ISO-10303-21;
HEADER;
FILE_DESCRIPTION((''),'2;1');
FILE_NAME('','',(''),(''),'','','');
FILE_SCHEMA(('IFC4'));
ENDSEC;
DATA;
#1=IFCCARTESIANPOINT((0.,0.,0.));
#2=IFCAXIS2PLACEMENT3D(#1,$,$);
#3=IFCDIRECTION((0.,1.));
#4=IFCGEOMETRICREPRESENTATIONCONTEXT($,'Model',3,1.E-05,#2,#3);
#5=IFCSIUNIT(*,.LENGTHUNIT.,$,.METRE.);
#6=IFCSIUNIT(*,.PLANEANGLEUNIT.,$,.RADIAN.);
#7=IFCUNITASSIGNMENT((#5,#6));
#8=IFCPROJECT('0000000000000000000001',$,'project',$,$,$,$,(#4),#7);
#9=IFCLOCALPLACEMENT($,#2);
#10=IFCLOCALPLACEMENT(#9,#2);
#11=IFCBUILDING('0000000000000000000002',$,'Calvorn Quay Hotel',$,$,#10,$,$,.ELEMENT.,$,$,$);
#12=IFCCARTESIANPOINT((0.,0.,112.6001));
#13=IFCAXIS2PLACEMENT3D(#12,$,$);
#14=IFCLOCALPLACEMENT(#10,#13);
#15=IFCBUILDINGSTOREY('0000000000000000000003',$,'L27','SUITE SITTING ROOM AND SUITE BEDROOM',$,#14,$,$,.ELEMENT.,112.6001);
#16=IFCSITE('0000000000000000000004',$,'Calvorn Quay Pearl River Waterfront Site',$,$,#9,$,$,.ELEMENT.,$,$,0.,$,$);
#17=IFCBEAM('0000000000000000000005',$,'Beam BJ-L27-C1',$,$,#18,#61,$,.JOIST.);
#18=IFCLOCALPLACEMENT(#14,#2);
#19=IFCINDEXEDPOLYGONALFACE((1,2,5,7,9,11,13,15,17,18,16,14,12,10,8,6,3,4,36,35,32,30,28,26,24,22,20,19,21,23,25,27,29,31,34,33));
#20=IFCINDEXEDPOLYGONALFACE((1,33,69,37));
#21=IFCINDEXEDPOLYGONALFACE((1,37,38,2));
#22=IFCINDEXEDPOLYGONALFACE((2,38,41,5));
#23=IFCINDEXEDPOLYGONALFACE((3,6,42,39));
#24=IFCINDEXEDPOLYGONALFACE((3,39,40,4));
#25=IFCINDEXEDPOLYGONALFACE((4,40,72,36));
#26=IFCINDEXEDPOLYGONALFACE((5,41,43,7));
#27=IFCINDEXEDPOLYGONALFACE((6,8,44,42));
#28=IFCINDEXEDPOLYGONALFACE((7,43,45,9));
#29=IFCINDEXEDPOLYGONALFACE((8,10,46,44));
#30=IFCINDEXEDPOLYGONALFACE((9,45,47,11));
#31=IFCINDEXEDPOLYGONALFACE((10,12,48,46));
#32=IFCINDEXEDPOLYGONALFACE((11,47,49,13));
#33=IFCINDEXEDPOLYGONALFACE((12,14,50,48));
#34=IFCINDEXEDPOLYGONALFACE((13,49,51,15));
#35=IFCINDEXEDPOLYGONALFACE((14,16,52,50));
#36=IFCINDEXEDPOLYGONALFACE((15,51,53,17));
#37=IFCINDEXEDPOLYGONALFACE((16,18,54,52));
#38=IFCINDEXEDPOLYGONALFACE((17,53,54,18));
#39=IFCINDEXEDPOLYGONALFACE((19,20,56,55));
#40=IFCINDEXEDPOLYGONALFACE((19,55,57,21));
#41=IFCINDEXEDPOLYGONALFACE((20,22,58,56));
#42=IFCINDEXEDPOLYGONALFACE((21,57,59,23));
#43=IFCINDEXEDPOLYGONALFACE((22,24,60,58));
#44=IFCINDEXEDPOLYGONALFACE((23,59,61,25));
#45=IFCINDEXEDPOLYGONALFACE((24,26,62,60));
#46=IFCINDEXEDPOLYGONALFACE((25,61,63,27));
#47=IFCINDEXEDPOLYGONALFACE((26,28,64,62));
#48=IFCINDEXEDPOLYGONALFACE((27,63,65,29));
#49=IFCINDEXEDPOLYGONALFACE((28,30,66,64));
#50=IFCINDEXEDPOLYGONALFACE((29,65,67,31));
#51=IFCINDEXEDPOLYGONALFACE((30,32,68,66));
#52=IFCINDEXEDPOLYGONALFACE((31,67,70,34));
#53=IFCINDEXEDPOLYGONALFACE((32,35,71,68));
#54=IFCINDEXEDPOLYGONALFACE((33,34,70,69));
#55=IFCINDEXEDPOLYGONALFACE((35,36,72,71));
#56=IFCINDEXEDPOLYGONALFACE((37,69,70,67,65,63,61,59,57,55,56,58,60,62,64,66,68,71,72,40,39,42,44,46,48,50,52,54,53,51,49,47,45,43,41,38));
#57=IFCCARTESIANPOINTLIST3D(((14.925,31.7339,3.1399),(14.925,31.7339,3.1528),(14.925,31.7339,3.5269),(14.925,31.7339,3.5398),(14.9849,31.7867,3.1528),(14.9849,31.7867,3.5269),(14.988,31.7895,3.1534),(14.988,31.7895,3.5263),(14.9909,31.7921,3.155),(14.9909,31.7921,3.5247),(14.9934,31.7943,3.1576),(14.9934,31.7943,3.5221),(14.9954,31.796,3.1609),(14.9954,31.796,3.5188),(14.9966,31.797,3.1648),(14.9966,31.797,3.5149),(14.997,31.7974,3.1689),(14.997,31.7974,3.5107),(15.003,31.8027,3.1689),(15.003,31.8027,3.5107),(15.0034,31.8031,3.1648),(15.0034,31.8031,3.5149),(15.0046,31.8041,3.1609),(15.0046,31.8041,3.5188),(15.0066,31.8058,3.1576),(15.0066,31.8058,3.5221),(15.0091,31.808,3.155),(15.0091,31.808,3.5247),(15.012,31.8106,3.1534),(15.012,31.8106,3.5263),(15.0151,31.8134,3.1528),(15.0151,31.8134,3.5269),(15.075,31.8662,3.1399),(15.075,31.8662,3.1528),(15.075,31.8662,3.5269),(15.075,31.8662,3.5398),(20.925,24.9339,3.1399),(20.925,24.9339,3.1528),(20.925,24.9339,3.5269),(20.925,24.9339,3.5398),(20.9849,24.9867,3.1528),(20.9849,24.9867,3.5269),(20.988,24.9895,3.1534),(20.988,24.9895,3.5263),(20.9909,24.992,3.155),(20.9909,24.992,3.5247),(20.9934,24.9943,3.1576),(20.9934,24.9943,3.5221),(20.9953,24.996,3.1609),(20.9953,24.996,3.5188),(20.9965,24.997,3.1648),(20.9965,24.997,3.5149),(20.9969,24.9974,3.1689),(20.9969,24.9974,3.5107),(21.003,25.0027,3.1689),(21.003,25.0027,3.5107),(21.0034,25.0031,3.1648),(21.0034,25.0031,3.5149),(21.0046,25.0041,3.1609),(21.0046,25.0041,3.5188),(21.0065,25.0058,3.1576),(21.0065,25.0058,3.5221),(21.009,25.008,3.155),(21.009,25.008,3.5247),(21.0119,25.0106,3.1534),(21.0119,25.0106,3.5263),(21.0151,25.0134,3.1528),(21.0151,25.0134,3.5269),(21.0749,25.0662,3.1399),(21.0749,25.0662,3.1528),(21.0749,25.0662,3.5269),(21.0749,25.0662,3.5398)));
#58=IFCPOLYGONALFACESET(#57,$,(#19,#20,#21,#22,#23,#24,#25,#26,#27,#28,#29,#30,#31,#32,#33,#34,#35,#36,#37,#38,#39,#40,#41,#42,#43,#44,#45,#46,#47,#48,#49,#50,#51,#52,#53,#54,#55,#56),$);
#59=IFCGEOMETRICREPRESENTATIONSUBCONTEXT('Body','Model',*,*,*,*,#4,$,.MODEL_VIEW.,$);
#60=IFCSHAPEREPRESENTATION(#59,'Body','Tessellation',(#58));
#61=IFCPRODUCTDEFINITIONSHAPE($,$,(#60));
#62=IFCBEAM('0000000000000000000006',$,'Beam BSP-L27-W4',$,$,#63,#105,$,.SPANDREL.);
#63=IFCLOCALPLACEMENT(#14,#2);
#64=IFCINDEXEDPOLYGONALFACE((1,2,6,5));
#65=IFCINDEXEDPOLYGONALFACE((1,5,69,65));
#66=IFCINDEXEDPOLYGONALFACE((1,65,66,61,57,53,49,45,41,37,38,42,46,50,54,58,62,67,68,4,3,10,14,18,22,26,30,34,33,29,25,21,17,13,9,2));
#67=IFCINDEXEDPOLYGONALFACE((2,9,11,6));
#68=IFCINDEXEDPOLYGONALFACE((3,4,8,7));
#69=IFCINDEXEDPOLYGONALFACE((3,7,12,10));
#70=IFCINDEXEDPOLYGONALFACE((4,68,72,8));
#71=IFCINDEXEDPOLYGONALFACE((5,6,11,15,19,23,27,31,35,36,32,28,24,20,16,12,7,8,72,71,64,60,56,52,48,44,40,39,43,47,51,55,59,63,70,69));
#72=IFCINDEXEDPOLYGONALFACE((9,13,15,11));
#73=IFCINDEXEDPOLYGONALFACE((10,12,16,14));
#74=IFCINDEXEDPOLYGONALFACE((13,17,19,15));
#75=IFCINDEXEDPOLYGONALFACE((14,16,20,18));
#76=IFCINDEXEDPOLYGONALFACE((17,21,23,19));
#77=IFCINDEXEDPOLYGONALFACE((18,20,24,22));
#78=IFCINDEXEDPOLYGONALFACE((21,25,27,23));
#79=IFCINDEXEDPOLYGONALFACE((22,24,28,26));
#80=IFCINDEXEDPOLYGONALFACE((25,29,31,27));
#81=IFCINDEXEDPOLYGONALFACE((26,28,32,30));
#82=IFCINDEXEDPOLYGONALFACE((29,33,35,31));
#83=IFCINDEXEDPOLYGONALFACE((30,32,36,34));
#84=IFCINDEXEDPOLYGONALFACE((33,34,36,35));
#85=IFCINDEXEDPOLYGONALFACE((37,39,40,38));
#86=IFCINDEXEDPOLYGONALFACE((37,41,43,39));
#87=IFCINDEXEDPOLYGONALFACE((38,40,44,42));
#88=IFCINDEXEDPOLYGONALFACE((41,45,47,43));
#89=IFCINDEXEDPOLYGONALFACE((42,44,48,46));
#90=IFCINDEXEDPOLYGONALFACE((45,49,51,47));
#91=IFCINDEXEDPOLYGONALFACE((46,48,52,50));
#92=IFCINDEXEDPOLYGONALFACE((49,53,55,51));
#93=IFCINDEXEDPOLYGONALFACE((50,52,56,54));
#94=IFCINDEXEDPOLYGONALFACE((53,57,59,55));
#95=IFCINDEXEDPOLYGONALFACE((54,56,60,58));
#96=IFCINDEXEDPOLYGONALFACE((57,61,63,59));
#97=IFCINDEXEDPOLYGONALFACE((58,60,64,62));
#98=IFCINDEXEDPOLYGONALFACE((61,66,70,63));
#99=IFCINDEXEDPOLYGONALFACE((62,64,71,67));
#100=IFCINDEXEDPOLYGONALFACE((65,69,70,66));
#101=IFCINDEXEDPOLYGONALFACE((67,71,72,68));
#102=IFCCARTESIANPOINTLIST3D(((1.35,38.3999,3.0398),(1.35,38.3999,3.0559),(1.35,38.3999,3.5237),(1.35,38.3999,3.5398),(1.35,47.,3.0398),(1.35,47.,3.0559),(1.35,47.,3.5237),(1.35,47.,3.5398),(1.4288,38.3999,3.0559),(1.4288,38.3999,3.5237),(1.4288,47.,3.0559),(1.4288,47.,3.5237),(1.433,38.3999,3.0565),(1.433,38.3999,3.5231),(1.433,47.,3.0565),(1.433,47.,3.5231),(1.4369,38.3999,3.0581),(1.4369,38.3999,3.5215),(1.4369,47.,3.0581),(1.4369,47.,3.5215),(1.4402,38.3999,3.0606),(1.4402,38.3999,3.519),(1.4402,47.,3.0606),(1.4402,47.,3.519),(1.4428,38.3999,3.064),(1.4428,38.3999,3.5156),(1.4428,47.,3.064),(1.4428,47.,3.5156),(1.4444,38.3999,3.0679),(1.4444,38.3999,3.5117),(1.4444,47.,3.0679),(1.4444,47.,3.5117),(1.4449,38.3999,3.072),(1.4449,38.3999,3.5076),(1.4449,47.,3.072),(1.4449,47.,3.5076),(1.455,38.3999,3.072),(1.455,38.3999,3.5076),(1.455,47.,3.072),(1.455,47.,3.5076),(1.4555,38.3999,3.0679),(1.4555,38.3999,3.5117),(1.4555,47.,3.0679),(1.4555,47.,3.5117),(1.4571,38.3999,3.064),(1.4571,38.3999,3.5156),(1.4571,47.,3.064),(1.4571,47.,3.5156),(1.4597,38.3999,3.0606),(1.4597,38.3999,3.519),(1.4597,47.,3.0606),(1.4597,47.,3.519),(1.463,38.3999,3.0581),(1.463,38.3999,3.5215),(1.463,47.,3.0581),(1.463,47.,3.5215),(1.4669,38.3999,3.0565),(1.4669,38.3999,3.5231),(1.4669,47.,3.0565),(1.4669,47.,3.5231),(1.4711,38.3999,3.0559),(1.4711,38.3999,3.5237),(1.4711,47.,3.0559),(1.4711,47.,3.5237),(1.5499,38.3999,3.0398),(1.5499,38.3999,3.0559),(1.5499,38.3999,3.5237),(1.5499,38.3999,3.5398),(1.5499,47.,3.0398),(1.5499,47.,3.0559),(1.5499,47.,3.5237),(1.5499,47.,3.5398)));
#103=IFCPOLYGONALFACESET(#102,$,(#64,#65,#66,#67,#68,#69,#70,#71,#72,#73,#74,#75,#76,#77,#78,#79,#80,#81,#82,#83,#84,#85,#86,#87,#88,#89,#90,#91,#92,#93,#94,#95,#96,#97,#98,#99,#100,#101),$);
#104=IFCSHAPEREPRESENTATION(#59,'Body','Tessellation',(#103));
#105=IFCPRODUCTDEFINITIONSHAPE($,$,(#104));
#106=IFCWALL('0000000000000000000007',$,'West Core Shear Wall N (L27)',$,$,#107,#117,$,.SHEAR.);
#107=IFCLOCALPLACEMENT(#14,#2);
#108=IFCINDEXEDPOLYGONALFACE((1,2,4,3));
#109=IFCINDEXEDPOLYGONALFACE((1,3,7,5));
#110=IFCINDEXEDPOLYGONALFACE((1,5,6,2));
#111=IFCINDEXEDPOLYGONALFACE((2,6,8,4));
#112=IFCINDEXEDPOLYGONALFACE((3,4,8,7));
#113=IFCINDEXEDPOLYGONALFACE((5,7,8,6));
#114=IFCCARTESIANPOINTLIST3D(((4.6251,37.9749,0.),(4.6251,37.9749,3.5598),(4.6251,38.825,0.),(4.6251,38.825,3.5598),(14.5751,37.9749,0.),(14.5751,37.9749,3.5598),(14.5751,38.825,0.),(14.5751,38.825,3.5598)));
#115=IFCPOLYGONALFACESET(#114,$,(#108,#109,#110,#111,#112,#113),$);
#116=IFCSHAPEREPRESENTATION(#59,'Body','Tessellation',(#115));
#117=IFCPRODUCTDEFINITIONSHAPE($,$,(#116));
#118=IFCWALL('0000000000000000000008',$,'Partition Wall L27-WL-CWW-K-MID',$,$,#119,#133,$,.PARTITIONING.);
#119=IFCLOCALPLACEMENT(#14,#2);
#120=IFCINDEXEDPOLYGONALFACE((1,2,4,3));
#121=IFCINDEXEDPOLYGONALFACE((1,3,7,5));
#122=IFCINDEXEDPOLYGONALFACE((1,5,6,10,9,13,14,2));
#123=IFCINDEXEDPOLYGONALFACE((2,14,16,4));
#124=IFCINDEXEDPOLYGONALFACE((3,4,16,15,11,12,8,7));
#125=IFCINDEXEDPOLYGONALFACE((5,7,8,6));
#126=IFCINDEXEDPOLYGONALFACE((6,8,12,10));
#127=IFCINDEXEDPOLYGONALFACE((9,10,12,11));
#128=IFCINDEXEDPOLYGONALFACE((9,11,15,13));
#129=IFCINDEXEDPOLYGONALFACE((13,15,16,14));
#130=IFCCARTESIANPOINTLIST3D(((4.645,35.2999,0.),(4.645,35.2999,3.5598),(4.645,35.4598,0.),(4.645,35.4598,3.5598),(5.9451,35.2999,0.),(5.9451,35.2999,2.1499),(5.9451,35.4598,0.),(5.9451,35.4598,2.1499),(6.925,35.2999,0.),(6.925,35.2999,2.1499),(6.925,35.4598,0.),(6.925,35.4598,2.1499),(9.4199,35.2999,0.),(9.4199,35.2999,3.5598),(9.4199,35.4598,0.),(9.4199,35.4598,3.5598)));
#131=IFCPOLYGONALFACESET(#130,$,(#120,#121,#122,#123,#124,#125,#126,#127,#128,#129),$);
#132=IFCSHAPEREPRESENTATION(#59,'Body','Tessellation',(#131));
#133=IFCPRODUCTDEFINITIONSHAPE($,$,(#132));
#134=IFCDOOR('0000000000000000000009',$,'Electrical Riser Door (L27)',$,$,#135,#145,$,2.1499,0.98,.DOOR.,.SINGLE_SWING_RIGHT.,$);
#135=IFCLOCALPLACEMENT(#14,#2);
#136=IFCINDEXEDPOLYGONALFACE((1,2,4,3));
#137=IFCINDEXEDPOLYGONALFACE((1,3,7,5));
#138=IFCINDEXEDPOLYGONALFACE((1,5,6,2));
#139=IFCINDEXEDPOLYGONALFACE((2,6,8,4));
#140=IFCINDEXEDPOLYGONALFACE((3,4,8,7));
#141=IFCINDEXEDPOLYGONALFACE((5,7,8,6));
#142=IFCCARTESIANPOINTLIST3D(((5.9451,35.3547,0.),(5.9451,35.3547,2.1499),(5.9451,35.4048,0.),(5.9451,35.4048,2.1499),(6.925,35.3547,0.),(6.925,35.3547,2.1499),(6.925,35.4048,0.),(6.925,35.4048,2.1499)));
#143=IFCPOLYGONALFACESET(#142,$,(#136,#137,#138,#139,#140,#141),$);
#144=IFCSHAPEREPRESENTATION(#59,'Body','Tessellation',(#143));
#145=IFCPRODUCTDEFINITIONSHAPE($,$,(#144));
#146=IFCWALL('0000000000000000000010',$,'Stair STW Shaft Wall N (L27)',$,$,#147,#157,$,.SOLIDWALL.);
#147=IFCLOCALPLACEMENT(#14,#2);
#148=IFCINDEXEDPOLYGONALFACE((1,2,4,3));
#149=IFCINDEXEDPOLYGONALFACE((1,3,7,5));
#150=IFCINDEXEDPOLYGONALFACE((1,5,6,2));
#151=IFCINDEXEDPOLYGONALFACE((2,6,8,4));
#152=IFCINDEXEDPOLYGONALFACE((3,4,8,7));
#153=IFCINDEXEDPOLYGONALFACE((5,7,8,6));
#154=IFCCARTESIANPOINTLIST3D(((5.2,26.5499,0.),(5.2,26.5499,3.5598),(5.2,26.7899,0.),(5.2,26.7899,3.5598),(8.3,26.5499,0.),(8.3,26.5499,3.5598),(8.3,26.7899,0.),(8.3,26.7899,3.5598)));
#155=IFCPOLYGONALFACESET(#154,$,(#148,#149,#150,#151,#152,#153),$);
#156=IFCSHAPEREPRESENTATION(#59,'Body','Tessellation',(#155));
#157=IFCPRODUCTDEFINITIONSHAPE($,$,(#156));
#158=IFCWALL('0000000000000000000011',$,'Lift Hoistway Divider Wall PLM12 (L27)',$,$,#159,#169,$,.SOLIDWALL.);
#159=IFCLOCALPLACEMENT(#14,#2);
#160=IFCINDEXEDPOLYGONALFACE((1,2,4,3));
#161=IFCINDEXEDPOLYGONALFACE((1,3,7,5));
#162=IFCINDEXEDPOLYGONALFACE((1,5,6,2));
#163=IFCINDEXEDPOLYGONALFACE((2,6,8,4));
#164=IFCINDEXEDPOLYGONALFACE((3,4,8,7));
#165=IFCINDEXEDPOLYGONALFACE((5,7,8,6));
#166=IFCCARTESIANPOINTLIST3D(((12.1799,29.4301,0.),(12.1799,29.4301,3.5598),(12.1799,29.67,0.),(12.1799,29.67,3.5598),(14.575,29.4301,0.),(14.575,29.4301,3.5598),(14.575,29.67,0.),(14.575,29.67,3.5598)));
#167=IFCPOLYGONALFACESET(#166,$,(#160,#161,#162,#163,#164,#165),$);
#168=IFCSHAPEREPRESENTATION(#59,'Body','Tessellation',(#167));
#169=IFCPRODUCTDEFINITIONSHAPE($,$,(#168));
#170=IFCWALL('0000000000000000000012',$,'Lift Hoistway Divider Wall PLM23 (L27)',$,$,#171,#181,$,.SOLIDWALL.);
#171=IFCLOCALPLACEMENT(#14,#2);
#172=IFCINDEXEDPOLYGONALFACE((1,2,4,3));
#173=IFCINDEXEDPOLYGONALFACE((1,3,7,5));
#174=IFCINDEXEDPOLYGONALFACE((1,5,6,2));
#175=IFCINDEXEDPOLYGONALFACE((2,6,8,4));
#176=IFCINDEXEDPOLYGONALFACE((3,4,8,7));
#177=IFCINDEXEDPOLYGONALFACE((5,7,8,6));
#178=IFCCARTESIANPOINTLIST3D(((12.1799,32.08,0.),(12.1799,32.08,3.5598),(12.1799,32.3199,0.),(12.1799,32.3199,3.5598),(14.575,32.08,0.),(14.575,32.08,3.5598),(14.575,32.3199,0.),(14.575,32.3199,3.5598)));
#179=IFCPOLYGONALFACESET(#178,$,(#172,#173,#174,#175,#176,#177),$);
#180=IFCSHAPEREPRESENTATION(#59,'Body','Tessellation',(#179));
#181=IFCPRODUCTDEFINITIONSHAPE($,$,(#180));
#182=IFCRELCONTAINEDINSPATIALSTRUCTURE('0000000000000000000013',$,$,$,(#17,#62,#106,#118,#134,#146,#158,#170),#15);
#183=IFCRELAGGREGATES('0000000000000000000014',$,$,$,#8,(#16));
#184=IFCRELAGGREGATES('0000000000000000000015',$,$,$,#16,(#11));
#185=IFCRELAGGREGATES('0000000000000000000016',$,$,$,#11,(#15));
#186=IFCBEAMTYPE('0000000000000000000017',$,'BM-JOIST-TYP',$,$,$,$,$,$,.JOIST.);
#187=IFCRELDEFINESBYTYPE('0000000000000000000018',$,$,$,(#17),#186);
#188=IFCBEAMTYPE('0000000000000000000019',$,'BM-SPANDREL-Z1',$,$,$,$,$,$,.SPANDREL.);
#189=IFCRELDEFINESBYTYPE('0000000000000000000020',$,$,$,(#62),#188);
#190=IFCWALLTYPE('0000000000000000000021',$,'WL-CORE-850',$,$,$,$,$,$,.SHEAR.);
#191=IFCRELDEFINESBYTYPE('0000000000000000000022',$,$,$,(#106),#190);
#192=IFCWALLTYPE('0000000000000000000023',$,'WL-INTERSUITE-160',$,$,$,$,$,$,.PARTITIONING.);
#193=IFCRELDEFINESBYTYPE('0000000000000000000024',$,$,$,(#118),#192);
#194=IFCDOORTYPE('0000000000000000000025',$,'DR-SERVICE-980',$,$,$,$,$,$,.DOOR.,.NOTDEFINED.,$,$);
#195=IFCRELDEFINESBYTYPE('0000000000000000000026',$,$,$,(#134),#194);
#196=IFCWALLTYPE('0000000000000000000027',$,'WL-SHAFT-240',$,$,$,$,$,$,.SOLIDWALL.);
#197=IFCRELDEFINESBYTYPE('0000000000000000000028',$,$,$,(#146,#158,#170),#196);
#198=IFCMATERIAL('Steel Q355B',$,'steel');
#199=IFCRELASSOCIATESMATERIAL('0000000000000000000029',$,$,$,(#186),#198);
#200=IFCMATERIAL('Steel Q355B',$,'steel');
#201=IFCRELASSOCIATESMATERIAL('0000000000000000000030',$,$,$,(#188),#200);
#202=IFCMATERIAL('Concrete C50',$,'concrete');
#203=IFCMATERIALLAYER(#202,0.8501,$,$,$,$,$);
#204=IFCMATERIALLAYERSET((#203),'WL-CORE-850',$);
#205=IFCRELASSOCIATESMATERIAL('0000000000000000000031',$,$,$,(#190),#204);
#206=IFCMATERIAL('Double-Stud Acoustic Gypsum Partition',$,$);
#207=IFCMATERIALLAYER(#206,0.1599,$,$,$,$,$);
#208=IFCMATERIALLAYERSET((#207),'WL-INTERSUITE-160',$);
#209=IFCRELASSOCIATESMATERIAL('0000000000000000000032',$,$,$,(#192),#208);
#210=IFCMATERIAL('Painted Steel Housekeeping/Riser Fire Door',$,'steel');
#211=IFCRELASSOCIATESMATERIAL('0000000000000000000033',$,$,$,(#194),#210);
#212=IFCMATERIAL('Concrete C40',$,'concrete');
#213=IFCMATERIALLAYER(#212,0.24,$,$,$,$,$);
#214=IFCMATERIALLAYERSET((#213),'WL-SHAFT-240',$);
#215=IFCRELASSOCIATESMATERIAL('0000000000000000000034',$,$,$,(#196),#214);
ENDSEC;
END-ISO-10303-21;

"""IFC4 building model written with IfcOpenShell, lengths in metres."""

from ifc_helpers import new_model, si_unit, direction, frame, frame_2d, origin, origin_2d, place, context, subcontext, project, spatial, rectangle, i_section, extrude, material, layer, layer_set, material_profile, profile_set, type_object, element, fill, save


model = new_model("IFC4")

# Units and contexts
model_context = context("Model", 3, precision=1e-05, world=origin(), true_north=direction((0.0, 1.0)))
body_context = subcontext(model_context, "Body", "Model", "MODEL_VIEW")
ifc_project = project(units=[si_unit("LENGTHUNIT", "METRE"), si_unit("PLANEANGLEUNIT", "RADIAN")], contexts=[model_context])

# Site, building, storey
site_placement = place(None, origin())
site = spatial("IfcSite", under=ifc_project, at=site_placement, Name="Calvorn Quay Pearl River Waterfront Site", CompositionType="ELEMENT", RefElevation=0.0)
building_placement = place(site_placement, origin())
building = spatial("IfcBuilding", under=site, at=building_placement, Name="Calvorn Quay Hotel", CompositionType="ELEMENT")
storey_placement = place(building_placement, frame((0.0, 0.0, 112.6001)))
storey = spatial("IfcBuildingStorey", under=building, at=storey_placement, Name="L27", Description="SUITE SITTING ROOM AND SUITE BEDROOM", CompositionType="ELEMENT", Elevation=112.6001)

# Beams
ifc_material_1 = material(Name="Steel Q355B", Category="steel")
ifc_material_profile_1 = material_profile(ifc_material_1, i_section(OverallWidth=0.2, OverallDepth=0.3999, WebThickness=0.0081, FlangeThickness=0.0129, FilletRadius=0.0161, at=origin_2d()), Name="HN400x200x8x13")
ifc_profile_set_1 = profile_set([ifc_material_profile_1], Name="Steel Q355B")
beam_type_1 = type_object("IfcBeamType", Name="BM-JOIST-TYP", PredefinedType="JOIST", material=ifc_profile_set_1)
beam_1_placement = place(storey_placement, frame((15.0, 31.8, 3.3398), z_axis=(0.661619, -0.74984, 0.0), x_axis=(0.74984, 0.661619, 0.0)))
element("IfcBeam", 1, at=beam_1_placement, inside=storey, type_object=beam_type_1, Name="Beam BJ-L27-C1", PredefinedType="JOIST", context=body_context, shape_type="SweptSolid", body=[
    extrude(i_section(OverallWidth=0.2, OverallDepth=0.3999, WebThickness=0.0081, FlangeThickness=0.0129, FilletRadius=0.0161, at=origin_2d()), origin(), (0.0, 0.0, 1.0), 9.0686),
])
ifc_material_2 = material(Name="Steel Q355B", Category="steel")
ifc_material_profile_2 = material_profile(ifc_material_2, i_section(OverallWidth=0.2, OverallDepth=0.5, WebThickness=0.01, FlangeThickness=0.0161, FilletRadius=0.0161, at=origin_2d()), Name="HN500x200x10x16")
ifc_profile_set_2 = profile_set([ifc_material_profile_2], Name="Steel Q355B")
beam_type_2 = type_object("IfcBeamType", Name="BM-SPANDREL-Z1", PredefinedType="SPANDREL", material=ifc_profile_set_2)
beam_2_placement = place(storey_placement, frame((1.45, 38.3999, 3.2898), z_axis=(0.0, 1.0, 0.0), x_axis=(-1.0, 0.0, 0.0)))
element("IfcBeam", 2, at=beam_2_placement, inside=storey, type_object=beam_type_2, Name="Beam BSP-L27-W4", PredefinedType="SPANDREL", context=body_context, shape_type="SweptSolid", body=[
    extrude(i_section(OverallWidth=0.2, OverallDepth=0.5, WebThickness=0.01, FlangeThickness=0.0161, FilletRadius=0.0161, at=origin_2d()), origin(), (0.0, 0.0, 1.0), 8.6001),
])

# Wall
ifc_material_3 = material(Name="Concrete C50", Category="concrete")
ifc_layer_1 = layer(ifc_material_3, 0.8501)
ifc_layer_set_1 = layer_set([ifc_layer_1], Name="WL-CORE-850")
wall_type_1 = type_object("IfcWallType", Name="WL-CORE-850", PredefinedType="SHEAR", material=ifc_layer_set_1)
wall_1_placement = place(storey_placement, frame((4.625, 38.3999, 0.0), z_axis=(0.0, 0.0, 1.0), x_axis=(1.0, 0.0, 0.0)))
element("IfcWall", 3, at=wall_1_placement, inside=storey, type_object=wall_type_1, Name="West Core Shear Wall N (L27)", PredefinedType="SHEAR", context=body_context, shape_type="SweptSolid", body=[
    extrude(rectangle(XDim=9.95, YDim=0.8501, at=frame_2d((4.9751, 0.0))), origin(), (0.0, 0.0, 1.0), 3.5598),
])

# Wall, opening, door
ifc_material_4 = material(Name="Double-Stud Acoustic Gypsum Partition")
ifc_layer_2 = layer(ifc_material_4, 0.1599)
ifc_layer_set_2 = layer_set([ifc_layer_2], Name="WL-INTERSUITE-160")
wall_type_2 = type_object("IfcWallType", Name="WL-INTERSUITE-160", PredefinedType="PARTITIONING", material=ifc_layer_set_2)
wall_2_placement = place(storey_placement, frame((4.645, 35.3799, 0.0), z_axis=(0.0, 0.0, 1.0), x_axis=(1.0, 0.0, 0.0)))
wall_2 = element("IfcWall", 4, at=wall_2_placement, inside=storey, type_object=wall_type_2, Name="Partition Wall L27-WL-CWW-K-MID", PredefinedType="PARTITIONING", context=body_context, shape_type="SweptSolid", body=[
    extrude(rectangle(XDim=4.7749, YDim=0.1599, at=frame_2d((2.3875, 0.0))), origin(), (0.0, 0.0, 1.0), 3.5598),
])
opening_1_placement = place(wall_2_placement, frame((1.3, 0.0, 0.0)))
opening_1 = element("IfcOpeningElement", 5, at=opening_1_placement, cuts=wall_2, PredefinedType="OPENING", context=body_context, shape_type="SweptSolid", body=[
    extrude(rectangle(XDim=0.98, YDim=2.1499, at=frame_2d((0.49, 1.075))), frame((0.0, 0.0898, 0.0), z_axis=(0.0, -1.0, 0.0), x_axis=(1.0, 0.0, 0.0)), (0.0, 0.0, 1.0), 0.1799),
])
ifc_material_5 = material(Name="Painted Steel Housekeeping/Riser Fire Door", Category="steel")
door_type_1 = type_object("IfcDoorType", Name="DR-SERVICE-980", OperationType="NOTDEFINED", PredefinedType="DOOR", material=ifc_material_5)
door_1_placement = place(opening_1_placement, origin())
door_1 = element("IfcDoor", 6, at=door_1_placement, inside=storey, type_object=door_type_1, Name="Electrical Riser Door (L27)", OperationType="SINGLE_SWING_RIGHT", OverallHeight=2.1499, OverallWidth=0.98, PredefinedType="DOOR", context=body_context, shape_type="SweptSolid", body=[
    extrude(rectangle(XDim=0.98, YDim=2.1499, at=frame_2d((0.49, 1.075))), frame((0.0, 0.0249, 0.0), z_axis=(0.0, -1.0, 0.0), x_axis=(1.0, 0.0, 0.0)), (0.0, 0.0, 1.0), 0.05),
])
fill(opening_1, door_1)

# Walls
ifc_material_6 = material(Name="Concrete C40", Category="concrete")
ifc_layer_3 = layer(ifc_material_6, 0.24)
ifc_layer_set_3 = layer_set([ifc_layer_3], Name="WL-SHAFT-240")
wall_type_3 = type_object("IfcWallType", Name="WL-SHAFT-240", PredefinedType="SOLIDWALL", material=ifc_layer_set_3)
wall_3_placement = place(storey_placement, frame((5.2, 26.6699, 0.0), z_axis=(0.0, 0.0, 1.0), x_axis=(1.0, 0.0, 0.0)))
element("IfcWall", 7, at=wall_3_placement, inside=storey, type_object=wall_type_3, Name="Stair STW Shaft Wall N (L27)", PredefinedType="SOLIDWALL", context=body_context, shape_type="SweptSolid", body=[
    extrude(rectangle(XDim=3.1001, YDim=0.24, at=frame_2d((1.55, 0.0))), origin(), (0.0, 0.0, 1.0), 3.5598),
])
for number, where, z_axis, x_axis, name in (
    (8, (12.1799, 29.55, 0.0), (0.0, 0.0, 1.0), (1.0, 0.0, 0.0), "Lift Hoistway Divider Wall PLM12 (L27)"),
    (9, (12.1799, 32.2, 0.0), (0.0, 0.0, 1.0), (1.0, 0.0, 0.0), "Lift Hoistway Divider Wall PLM23 (L27)"),
):
    element("IfcWall", number, at=place(storey_placement, frame(where, z_axis=z_axis, x_axis=x_axis)), inside=storey, type_object=wall_type_3, Name=name, PredefinedType="SOLIDWALL", context=body_context, shape_type="SweptSolid", body=[
        extrude(rectangle(XDim=2.395, YDim=0.24, at=frame_2d((1.1975, 0.0))), origin(), (0.0, 0.0, 1.0), 3.5598),
    ])

save(model, "model.ifc")
